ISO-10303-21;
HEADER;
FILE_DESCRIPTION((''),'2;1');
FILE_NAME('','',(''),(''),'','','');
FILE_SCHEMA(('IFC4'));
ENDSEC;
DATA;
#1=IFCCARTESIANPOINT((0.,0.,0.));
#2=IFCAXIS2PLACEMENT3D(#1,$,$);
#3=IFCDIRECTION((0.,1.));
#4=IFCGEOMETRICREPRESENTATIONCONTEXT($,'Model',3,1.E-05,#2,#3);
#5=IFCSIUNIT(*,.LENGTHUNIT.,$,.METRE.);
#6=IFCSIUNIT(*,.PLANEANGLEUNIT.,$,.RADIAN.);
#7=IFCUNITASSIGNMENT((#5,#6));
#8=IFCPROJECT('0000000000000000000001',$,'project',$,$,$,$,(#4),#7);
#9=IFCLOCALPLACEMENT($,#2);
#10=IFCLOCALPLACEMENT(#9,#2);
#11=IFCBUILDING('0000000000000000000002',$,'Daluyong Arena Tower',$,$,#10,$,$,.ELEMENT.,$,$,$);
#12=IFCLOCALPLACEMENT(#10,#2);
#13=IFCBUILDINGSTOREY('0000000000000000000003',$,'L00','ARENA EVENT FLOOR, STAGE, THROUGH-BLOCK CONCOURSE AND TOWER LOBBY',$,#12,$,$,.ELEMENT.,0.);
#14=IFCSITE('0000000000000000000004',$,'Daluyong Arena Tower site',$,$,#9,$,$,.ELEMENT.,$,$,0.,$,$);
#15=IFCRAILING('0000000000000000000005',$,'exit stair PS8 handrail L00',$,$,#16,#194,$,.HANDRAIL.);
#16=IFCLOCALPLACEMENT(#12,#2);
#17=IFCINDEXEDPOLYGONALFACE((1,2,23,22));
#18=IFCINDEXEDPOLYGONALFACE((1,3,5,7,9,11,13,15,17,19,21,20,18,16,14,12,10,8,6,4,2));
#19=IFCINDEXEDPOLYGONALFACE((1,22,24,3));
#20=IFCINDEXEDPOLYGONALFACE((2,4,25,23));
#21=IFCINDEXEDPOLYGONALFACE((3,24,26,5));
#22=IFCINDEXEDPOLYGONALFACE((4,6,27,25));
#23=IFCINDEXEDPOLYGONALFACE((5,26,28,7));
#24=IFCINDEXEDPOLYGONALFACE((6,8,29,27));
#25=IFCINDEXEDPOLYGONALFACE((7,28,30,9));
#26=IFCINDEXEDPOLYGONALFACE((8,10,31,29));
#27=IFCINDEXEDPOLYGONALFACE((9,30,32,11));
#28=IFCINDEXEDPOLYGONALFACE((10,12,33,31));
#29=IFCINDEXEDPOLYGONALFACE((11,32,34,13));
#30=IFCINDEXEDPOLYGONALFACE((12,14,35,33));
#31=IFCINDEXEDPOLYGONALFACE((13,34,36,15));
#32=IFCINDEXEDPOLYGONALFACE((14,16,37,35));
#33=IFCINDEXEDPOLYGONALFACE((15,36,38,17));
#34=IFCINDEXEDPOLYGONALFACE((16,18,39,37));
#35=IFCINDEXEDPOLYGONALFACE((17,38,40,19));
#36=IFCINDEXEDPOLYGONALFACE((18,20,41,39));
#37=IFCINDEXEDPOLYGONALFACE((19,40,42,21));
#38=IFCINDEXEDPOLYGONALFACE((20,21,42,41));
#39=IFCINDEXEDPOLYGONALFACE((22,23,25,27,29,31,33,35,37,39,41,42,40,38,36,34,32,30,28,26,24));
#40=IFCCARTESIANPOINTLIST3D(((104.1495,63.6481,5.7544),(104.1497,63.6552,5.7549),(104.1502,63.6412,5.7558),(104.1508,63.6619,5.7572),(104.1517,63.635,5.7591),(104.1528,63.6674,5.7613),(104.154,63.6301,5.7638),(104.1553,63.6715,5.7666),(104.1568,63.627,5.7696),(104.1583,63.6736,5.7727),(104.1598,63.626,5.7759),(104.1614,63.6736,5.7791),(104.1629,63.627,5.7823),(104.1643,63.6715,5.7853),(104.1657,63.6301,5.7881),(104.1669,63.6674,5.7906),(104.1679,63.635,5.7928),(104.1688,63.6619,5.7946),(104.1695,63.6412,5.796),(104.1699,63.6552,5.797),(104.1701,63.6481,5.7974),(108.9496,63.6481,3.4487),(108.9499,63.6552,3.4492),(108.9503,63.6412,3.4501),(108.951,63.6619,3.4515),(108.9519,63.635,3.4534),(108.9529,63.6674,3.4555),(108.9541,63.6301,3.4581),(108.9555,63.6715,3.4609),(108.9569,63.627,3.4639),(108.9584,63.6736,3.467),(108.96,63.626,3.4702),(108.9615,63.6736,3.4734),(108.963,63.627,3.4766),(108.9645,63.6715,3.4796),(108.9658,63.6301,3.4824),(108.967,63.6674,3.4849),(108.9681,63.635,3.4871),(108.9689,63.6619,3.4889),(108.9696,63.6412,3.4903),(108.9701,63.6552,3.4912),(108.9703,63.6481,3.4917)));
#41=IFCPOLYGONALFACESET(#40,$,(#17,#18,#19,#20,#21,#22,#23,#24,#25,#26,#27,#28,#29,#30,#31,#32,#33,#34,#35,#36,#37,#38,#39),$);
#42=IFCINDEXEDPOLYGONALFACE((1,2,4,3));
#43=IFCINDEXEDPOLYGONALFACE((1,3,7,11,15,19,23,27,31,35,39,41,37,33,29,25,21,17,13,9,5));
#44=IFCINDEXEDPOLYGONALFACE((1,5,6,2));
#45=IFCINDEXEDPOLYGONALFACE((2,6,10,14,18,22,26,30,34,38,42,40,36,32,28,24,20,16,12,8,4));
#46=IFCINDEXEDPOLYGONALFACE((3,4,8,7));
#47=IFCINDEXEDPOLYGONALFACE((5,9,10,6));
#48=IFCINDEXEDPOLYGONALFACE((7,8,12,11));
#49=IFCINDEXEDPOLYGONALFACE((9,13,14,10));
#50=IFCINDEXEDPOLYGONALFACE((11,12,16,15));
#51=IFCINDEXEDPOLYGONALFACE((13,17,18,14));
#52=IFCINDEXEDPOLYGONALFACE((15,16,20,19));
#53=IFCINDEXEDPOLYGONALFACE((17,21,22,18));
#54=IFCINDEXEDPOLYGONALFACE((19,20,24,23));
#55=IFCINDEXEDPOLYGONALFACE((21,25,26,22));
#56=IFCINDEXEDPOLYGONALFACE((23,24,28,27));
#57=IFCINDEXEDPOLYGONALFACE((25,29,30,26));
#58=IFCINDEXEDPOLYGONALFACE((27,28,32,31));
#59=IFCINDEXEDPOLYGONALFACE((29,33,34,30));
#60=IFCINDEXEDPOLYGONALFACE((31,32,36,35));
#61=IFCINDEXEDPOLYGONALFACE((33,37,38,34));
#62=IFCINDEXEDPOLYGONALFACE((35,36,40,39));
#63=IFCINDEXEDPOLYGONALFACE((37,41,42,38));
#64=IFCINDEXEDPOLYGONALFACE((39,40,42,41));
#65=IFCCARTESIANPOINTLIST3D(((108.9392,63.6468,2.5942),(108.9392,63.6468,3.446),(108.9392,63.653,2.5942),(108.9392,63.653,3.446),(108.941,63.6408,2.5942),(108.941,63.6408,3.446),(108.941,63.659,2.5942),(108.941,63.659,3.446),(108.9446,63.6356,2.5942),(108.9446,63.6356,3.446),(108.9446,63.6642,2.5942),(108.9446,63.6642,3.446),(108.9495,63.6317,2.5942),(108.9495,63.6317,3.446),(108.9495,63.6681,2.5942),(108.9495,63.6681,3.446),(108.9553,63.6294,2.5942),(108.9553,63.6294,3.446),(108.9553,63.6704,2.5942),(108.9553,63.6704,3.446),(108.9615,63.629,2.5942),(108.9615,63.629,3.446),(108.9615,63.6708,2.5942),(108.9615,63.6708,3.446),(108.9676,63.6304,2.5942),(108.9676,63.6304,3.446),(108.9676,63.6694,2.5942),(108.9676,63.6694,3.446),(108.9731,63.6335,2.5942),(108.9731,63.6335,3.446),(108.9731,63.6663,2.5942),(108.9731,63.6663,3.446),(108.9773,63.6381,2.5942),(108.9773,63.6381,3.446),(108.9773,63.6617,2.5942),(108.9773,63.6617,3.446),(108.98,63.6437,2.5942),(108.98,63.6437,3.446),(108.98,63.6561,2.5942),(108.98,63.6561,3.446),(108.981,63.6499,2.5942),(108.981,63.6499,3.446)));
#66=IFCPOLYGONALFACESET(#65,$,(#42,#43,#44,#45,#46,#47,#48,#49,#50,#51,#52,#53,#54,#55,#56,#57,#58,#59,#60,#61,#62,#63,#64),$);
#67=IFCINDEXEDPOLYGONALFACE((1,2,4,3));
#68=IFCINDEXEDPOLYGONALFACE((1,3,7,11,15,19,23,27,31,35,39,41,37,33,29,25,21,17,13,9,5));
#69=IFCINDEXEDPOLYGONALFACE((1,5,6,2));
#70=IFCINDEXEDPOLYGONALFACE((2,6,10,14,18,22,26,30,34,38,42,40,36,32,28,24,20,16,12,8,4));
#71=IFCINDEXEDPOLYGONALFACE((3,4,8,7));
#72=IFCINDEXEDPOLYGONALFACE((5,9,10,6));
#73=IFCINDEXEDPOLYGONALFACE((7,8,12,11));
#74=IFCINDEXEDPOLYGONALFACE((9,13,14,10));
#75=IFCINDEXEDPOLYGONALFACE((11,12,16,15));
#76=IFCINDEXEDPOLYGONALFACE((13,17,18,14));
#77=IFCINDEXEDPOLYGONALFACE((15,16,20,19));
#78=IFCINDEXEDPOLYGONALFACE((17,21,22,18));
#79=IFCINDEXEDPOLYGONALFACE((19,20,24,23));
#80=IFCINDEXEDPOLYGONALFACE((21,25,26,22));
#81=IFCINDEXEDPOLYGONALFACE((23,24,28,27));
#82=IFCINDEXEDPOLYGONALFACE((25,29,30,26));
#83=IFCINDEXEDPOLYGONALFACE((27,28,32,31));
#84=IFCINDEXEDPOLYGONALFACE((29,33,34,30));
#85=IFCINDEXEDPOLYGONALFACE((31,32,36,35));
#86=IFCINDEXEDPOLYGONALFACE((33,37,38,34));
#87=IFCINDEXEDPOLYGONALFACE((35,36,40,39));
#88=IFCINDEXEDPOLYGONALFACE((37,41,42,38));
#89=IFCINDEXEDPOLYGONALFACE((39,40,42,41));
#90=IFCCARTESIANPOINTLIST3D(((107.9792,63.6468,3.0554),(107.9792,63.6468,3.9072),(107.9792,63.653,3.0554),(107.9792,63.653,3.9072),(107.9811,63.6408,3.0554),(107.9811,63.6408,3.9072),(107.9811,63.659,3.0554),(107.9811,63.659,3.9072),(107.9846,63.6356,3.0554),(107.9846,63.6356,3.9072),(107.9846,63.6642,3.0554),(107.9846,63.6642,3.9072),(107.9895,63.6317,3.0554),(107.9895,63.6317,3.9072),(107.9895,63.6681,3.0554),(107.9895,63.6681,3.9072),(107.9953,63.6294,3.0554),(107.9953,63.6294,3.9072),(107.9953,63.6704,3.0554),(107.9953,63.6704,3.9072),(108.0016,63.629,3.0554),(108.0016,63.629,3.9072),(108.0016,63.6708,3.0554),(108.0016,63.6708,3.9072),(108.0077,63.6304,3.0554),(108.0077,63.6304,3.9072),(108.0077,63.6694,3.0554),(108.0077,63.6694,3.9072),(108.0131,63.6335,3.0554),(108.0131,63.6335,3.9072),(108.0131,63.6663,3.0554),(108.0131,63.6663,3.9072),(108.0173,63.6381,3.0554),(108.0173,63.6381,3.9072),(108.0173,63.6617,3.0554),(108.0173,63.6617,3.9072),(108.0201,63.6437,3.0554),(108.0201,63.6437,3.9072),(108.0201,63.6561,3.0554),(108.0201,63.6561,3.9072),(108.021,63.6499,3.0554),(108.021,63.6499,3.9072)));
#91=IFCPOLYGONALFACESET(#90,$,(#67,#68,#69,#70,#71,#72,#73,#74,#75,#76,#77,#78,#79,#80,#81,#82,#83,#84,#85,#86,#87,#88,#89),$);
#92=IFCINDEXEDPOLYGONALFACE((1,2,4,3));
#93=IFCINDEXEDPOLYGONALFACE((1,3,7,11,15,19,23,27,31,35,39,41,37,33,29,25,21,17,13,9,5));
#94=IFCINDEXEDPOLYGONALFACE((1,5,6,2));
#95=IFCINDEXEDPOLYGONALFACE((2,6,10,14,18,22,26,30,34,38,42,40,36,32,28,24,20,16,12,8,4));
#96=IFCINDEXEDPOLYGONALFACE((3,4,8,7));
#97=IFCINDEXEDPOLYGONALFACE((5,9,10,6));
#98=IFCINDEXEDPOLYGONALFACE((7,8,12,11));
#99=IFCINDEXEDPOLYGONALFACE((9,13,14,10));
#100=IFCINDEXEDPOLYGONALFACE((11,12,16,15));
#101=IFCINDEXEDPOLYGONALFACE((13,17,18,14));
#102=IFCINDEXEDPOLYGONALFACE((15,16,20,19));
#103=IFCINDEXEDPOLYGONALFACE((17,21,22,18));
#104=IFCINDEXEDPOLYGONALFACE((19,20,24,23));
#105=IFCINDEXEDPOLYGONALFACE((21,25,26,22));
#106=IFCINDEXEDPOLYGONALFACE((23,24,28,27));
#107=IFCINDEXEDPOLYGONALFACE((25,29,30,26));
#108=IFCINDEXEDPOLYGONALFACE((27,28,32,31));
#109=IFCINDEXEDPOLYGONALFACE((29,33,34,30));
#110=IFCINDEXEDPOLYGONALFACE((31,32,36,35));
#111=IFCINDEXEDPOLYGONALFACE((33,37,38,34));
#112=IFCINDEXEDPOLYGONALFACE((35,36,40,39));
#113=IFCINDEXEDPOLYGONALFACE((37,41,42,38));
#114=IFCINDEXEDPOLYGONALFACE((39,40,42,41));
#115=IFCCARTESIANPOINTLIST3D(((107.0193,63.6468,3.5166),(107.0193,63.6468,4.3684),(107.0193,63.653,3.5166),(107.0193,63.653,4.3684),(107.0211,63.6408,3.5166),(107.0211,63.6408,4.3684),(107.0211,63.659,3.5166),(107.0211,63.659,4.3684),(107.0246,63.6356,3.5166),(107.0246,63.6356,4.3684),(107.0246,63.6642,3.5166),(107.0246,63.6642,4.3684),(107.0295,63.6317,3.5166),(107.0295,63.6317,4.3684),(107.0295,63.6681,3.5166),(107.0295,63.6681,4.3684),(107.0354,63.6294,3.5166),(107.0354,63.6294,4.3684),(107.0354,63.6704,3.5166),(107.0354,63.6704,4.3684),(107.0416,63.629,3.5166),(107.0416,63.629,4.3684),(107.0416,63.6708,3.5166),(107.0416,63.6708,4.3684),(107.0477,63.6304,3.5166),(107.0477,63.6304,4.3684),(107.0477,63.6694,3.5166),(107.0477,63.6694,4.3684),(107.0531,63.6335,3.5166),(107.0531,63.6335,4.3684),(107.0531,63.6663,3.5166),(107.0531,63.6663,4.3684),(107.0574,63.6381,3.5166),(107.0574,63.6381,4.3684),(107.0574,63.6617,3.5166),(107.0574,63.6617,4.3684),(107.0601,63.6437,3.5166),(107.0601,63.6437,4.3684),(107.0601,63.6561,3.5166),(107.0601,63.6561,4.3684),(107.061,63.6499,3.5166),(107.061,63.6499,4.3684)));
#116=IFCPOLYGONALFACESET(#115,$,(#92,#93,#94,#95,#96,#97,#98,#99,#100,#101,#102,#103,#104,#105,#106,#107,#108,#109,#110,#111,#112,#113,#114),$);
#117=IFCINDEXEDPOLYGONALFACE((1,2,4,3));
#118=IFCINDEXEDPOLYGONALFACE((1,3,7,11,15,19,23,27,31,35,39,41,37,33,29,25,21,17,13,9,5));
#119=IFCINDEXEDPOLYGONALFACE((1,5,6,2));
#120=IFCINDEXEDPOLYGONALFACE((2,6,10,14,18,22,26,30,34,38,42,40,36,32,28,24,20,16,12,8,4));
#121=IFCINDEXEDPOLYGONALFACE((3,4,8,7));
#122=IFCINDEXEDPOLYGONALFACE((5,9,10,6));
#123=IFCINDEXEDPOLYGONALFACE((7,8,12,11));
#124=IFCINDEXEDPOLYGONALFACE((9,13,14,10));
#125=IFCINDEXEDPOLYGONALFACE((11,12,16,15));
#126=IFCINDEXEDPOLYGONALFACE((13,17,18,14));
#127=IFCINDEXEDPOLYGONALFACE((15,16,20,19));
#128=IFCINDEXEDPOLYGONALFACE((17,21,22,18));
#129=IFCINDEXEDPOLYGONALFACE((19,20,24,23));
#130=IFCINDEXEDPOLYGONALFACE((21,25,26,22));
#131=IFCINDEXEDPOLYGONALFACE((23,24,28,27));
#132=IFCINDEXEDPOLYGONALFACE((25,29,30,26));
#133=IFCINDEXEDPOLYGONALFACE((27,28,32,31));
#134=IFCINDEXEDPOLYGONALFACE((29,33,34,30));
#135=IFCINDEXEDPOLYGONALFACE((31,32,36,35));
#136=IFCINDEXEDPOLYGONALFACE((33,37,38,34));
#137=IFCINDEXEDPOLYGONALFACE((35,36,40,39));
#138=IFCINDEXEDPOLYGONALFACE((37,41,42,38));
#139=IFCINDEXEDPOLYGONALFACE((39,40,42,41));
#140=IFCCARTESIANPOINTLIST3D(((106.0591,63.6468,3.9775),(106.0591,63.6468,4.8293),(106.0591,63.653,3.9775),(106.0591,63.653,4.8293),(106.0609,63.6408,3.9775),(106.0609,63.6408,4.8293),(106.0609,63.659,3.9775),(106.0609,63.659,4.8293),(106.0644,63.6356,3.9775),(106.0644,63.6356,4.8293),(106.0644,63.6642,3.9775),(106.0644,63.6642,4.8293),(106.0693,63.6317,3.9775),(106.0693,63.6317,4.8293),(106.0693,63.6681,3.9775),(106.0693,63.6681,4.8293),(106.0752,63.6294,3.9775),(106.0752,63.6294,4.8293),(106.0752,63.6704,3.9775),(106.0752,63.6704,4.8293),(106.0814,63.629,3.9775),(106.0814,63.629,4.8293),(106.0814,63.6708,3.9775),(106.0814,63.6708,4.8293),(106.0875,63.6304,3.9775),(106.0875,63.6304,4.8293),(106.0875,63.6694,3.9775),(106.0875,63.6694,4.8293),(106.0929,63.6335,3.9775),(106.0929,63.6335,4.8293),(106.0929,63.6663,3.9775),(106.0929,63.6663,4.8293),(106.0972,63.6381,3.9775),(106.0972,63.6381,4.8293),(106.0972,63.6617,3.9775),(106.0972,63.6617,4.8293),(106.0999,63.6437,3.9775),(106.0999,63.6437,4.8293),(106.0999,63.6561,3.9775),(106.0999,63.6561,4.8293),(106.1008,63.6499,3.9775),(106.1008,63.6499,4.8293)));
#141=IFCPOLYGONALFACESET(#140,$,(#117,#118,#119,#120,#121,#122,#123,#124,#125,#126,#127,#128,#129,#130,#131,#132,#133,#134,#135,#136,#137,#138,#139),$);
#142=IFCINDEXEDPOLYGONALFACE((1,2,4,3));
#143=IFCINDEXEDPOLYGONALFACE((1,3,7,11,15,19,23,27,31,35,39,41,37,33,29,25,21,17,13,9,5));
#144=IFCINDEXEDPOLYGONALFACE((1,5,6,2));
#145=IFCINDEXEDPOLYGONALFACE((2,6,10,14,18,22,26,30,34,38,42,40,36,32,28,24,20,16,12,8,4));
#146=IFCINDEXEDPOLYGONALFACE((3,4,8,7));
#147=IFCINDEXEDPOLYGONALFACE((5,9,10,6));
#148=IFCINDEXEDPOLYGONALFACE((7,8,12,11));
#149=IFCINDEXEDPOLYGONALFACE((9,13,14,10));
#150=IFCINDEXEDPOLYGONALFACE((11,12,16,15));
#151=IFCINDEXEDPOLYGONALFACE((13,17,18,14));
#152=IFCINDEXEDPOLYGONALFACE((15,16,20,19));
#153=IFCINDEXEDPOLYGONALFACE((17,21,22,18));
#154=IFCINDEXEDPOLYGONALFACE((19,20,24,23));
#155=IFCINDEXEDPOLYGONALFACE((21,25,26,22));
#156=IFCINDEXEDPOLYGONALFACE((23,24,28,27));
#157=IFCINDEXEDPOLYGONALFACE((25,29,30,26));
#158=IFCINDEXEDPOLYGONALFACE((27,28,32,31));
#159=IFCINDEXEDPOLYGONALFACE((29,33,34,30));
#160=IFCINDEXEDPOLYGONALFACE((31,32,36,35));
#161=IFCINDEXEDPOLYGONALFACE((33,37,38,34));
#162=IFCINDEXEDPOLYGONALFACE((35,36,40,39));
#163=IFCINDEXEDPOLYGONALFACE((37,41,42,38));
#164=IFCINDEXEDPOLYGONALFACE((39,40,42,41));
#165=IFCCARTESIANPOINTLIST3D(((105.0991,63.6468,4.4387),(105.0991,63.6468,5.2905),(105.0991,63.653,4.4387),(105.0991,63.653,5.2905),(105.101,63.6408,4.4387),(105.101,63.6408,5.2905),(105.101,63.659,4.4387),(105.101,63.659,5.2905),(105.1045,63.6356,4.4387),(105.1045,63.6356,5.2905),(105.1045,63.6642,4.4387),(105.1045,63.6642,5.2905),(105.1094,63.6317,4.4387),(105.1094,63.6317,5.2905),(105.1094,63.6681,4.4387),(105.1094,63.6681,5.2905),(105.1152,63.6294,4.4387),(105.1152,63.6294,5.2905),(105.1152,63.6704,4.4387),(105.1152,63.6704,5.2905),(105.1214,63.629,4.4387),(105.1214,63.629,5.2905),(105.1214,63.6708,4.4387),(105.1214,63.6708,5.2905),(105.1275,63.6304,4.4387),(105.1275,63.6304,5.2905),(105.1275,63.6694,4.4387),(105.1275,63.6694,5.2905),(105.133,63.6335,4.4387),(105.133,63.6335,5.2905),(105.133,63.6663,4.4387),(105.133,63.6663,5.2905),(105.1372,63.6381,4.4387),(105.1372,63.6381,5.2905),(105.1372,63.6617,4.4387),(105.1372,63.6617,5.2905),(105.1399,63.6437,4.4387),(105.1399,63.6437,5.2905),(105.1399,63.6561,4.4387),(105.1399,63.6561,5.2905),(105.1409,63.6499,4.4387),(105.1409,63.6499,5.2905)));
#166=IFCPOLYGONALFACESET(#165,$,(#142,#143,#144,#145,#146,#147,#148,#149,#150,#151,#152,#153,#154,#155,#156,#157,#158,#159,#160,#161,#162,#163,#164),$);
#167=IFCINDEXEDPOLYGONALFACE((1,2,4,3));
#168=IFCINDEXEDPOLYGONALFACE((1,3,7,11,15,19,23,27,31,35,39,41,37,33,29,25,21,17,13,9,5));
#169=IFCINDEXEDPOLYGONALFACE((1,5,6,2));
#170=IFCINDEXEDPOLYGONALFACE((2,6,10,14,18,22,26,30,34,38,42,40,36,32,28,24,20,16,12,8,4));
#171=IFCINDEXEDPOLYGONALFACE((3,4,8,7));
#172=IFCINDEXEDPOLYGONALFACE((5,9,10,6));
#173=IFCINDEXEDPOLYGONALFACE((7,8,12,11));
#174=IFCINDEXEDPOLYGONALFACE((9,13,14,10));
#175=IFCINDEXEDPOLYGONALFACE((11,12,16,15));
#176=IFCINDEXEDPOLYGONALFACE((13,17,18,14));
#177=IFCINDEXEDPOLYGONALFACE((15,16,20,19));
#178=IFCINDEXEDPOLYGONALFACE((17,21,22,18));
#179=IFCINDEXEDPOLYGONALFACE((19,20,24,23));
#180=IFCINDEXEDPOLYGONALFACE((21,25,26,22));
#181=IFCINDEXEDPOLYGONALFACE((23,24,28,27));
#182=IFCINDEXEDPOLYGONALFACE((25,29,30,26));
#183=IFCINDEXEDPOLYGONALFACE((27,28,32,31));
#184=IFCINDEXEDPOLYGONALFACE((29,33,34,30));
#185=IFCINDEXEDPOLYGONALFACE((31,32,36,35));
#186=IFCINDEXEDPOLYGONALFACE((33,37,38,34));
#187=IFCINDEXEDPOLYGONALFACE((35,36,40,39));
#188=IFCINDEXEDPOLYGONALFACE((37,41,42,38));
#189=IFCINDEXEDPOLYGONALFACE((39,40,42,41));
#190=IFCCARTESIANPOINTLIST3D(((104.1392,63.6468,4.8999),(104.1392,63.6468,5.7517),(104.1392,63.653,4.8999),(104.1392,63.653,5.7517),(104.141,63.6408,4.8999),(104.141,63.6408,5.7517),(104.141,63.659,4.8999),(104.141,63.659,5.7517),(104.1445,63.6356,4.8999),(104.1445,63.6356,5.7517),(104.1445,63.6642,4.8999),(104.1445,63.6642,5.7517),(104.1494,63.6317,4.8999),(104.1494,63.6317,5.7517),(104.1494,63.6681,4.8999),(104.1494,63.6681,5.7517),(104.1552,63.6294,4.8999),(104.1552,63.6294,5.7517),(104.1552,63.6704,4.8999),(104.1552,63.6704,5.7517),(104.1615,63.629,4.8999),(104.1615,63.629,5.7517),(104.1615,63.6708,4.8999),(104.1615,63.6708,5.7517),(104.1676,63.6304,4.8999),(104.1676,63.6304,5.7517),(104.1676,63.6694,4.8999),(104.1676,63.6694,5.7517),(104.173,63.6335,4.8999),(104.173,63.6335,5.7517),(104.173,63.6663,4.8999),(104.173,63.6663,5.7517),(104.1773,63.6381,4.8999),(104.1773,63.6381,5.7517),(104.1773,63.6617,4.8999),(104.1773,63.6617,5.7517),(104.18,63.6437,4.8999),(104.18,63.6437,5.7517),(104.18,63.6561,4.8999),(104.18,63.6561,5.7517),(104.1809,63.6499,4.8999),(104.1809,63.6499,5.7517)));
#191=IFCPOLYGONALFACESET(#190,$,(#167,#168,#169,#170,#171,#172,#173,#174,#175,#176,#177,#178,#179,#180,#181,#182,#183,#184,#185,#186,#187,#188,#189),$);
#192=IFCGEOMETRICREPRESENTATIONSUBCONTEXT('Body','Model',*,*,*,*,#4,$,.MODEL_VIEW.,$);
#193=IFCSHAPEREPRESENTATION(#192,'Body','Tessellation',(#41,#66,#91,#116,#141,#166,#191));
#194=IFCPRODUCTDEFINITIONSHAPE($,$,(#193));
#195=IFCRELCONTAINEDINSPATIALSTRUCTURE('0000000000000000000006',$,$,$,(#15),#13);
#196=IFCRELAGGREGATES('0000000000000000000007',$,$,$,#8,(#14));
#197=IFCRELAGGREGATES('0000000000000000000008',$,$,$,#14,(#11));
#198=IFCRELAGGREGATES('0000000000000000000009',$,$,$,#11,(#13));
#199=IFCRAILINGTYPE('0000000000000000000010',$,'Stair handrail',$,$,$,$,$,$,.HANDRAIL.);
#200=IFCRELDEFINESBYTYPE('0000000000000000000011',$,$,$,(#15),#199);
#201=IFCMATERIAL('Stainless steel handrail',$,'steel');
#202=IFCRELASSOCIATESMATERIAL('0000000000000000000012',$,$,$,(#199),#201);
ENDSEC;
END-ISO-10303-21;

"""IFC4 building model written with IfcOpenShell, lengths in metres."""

from ifc_helpers import new_model, si_unit, direction, frame, origin, origin_2d, place, context, subcontext, project, spatial, circle, extrude, material, type_object, element, save


model = new_model("IFC4")

# Units and contexts
model_context = context("Model", 3, precision=1e-05, world=origin(), true_north=direction((0.0, 1.0)))
body_context = subcontext(model_context, "Body", "Model", "MODEL_VIEW")
ifc_project = project(units=[si_unit("LENGTHUNIT", "METRE"), si_unit("PLANEANGLEUNIT", "RADIAN")], contexts=[model_context])

# Site, building, storey
site_placement = place(None, origin())
site = spatial("IfcSite", under=ifc_project, at=site_placement, Name="Daluyong Arena Tower site", CompositionType="ELEMENT", RefElevation=0.0)
building_placement = place(site_placement, origin())
building = spatial("IfcBuilding", under=site, at=building_placement, Name="Daluyong Arena Tower", CompositionType="ELEMENT")
storey_placement = place(building_placement, origin())
storey = spatial("IfcBuildingStorey", under=building, at=storey_placement, Name="L00", Description="ARENA EVENT FLOOR, STAGE, THROUGH-BLOCK CONCOURSE AND TOWER LOBBY", CompositionType="ELEMENT", Elevation=0.0)

# Railing
ifc_material_1 = material(Name="Stainless steel handrail", Category="steel")
railing_type_1 = type_object("IfcRailingType", Name="Stair handrail", PredefinedType="HANDRAIL", material=ifc_material_1)
railing_1_placement = place(storey_placement, frame((108.96, 63.6499, 2.5942)))
element("IfcRailing", 1, at=railing_1_placement, inside=storey, type_object=railing_type_1, Name="exit stair PS8 handrail L00", PredefinedType="HANDRAIL", context=body_context, shape_type="SweptSolid", body=[
    extrude(circle(Radius=0.0239, at=origin_2d()), frame((0.0, 0.0, 0.876), z_axis=(-0.901403, 0.0, 0.432981), x_axis=(0.0, -1.0, 0.0)), (0.0, 0.0, 1.0), 5.3252),
    extrude(circle(Radius=0.021, at=origin_2d()), origin(), (0.0, 0.0, 1.0), 0.8518),
    extrude(circle(Radius=0.021, at=origin_2d()), frame((-0.96, 0.0, 0.4612)), (0.0, 0.0, 1.0), 0.8518),
    extrude(circle(Radius=0.021, at=origin_2d()), frame((-1.9199, 0.0, 0.9224)), (0.0, 0.0, 1.0), 0.8518),
    extrude(circle(Radius=0.021, at=origin_2d()), frame((-2.8801, 0.0, 1.3833)), (0.0, 0.0, 1.0), 0.8518),
    extrude(circle(Radius=0.021, at=origin_2d()), frame((-3.8401, 0.0, 1.8445)), (0.0, 0.0, 1.0), 0.8518),
    extrude(circle(Radius=0.021, at=origin_2d()), frame((-4.8, 0.0, 2.3057)), (0.0, 0.0, 1.0), 0.8518),
])

save(model, "model.ifc")
